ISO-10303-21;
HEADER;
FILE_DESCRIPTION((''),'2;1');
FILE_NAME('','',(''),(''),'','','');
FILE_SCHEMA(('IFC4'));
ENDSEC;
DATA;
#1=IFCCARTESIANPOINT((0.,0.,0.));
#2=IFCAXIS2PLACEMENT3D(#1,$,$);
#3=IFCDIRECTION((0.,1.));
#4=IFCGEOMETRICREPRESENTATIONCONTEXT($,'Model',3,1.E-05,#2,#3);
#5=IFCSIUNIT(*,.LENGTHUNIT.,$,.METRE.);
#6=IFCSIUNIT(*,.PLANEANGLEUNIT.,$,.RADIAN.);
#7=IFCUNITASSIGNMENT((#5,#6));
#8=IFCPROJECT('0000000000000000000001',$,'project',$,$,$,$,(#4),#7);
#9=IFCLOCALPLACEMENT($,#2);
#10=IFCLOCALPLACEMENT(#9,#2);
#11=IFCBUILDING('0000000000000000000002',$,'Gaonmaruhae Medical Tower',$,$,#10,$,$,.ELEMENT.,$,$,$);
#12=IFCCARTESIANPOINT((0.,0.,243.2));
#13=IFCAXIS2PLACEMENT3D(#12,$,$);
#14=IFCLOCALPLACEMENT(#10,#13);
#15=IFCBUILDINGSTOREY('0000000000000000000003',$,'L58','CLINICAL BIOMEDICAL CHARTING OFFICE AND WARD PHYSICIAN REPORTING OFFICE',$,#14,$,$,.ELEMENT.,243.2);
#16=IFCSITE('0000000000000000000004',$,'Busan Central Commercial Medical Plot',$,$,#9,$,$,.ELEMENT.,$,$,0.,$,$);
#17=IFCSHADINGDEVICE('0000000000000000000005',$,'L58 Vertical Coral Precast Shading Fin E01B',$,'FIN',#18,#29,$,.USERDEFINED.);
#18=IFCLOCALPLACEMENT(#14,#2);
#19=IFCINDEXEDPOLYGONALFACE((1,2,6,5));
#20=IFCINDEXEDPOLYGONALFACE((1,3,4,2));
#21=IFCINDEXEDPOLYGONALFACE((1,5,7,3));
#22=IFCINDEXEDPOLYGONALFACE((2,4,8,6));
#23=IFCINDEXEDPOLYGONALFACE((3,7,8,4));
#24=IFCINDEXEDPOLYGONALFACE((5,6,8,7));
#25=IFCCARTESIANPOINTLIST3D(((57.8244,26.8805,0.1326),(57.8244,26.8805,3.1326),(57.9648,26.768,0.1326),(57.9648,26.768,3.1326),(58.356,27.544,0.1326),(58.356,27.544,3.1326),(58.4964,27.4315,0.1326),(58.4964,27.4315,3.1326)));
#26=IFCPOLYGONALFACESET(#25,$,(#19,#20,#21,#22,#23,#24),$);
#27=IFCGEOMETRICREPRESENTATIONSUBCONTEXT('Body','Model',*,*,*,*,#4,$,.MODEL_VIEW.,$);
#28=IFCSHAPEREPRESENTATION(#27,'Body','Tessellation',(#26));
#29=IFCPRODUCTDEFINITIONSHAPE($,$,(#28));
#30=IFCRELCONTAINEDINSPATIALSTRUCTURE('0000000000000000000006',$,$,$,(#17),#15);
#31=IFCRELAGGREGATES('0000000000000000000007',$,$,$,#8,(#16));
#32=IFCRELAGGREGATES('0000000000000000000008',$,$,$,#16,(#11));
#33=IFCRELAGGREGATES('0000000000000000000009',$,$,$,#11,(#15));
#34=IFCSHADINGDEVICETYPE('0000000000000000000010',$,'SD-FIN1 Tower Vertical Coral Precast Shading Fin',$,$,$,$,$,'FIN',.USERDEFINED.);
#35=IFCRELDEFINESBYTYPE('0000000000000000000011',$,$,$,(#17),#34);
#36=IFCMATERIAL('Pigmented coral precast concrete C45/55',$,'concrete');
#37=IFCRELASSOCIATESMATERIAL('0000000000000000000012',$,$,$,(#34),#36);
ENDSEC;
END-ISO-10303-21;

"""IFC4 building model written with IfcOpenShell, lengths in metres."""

from ifc_helpers import new_model, si_unit, direction, frame, origin, origin_2d, place, context, subcontext, project, spatial, rectangle, extrude, material, type_object, element, save


model = new_model("IFC4")

# Units and contexts
model_context = context("Model", 3, precision=1e-05, world=origin(), true_north=direction((0.0, 1.0)))
body_context = subcontext(model_context, "Body", "Model", "MODEL_VIEW")
ifc_project = project(units=[si_unit("LENGTHUNIT", "METRE"), si_unit("PLANEANGLEUNIT", "RADIAN")], contexts=[model_context])

# Site, building, storey
site_placement = place(None, origin())
site = spatial("IfcSite", under=ifc_project, at=site_placement, Name="Busan Central Commercial Medical Plot", CompositionType="ELEMENT", RefElevation=0.0)
building_placement = place(site_placement, origin())
building = spatial("IfcBuilding", under=site, at=building_placement, Name="Gaonmaruhae Medical Tower", CompositionType="ELEMENT")
storey_placement = place(building_placement, frame((0.0, 0.0, 243.2)))
storey = spatial("IfcBuildingStorey", under=building, at=storey_placement, Name="L58", Description="CLINICAL BIOMEDICAL CHARTING OFFICE AND WARD PHYSICIAN REPORTING OFFICE", CompositionType="ELEMENT", Elevation=243.2)

# Shading device
ifc_material_1 = material(Name="Pigmented coral precast concrete C45/55", Category="concrete")
shading_device_type = type_object("IfcShadingDeviceType", Name="SD-FIN1 Tower Vertical Coral Precast Shading Fin", ElementType="FIN", PredefinedType="USERDEFINED", material=ifc_material_1)
for number, where, z_axis, x_axis, name in (
    (1, (58.1604, 27.156, 0.1326), (0.0, 0.0, 1.0), (0.780419, -0.625256, 0.0), "L58 Vertical Coral Precast Shading Fin E01B"),
):
    element("IfcShadingDevice", number, at=place(storey_placement, frame(where, z_axis=z_axis, x_axis=x_axis)), inside=storey, type_object=shading_device_type, Name=name, ObjectType="FIN", PredefinedType="USERDEFINED", context=body_context, shape_type="SweptSolid", body=[
        extrude(rectangle(XDim=0.1799, YDim=0.8501, at=origin_2d()), origin(), (0.0, 0.0, 1.0), 3.0),
    ])

save(model, "model.ifc")
